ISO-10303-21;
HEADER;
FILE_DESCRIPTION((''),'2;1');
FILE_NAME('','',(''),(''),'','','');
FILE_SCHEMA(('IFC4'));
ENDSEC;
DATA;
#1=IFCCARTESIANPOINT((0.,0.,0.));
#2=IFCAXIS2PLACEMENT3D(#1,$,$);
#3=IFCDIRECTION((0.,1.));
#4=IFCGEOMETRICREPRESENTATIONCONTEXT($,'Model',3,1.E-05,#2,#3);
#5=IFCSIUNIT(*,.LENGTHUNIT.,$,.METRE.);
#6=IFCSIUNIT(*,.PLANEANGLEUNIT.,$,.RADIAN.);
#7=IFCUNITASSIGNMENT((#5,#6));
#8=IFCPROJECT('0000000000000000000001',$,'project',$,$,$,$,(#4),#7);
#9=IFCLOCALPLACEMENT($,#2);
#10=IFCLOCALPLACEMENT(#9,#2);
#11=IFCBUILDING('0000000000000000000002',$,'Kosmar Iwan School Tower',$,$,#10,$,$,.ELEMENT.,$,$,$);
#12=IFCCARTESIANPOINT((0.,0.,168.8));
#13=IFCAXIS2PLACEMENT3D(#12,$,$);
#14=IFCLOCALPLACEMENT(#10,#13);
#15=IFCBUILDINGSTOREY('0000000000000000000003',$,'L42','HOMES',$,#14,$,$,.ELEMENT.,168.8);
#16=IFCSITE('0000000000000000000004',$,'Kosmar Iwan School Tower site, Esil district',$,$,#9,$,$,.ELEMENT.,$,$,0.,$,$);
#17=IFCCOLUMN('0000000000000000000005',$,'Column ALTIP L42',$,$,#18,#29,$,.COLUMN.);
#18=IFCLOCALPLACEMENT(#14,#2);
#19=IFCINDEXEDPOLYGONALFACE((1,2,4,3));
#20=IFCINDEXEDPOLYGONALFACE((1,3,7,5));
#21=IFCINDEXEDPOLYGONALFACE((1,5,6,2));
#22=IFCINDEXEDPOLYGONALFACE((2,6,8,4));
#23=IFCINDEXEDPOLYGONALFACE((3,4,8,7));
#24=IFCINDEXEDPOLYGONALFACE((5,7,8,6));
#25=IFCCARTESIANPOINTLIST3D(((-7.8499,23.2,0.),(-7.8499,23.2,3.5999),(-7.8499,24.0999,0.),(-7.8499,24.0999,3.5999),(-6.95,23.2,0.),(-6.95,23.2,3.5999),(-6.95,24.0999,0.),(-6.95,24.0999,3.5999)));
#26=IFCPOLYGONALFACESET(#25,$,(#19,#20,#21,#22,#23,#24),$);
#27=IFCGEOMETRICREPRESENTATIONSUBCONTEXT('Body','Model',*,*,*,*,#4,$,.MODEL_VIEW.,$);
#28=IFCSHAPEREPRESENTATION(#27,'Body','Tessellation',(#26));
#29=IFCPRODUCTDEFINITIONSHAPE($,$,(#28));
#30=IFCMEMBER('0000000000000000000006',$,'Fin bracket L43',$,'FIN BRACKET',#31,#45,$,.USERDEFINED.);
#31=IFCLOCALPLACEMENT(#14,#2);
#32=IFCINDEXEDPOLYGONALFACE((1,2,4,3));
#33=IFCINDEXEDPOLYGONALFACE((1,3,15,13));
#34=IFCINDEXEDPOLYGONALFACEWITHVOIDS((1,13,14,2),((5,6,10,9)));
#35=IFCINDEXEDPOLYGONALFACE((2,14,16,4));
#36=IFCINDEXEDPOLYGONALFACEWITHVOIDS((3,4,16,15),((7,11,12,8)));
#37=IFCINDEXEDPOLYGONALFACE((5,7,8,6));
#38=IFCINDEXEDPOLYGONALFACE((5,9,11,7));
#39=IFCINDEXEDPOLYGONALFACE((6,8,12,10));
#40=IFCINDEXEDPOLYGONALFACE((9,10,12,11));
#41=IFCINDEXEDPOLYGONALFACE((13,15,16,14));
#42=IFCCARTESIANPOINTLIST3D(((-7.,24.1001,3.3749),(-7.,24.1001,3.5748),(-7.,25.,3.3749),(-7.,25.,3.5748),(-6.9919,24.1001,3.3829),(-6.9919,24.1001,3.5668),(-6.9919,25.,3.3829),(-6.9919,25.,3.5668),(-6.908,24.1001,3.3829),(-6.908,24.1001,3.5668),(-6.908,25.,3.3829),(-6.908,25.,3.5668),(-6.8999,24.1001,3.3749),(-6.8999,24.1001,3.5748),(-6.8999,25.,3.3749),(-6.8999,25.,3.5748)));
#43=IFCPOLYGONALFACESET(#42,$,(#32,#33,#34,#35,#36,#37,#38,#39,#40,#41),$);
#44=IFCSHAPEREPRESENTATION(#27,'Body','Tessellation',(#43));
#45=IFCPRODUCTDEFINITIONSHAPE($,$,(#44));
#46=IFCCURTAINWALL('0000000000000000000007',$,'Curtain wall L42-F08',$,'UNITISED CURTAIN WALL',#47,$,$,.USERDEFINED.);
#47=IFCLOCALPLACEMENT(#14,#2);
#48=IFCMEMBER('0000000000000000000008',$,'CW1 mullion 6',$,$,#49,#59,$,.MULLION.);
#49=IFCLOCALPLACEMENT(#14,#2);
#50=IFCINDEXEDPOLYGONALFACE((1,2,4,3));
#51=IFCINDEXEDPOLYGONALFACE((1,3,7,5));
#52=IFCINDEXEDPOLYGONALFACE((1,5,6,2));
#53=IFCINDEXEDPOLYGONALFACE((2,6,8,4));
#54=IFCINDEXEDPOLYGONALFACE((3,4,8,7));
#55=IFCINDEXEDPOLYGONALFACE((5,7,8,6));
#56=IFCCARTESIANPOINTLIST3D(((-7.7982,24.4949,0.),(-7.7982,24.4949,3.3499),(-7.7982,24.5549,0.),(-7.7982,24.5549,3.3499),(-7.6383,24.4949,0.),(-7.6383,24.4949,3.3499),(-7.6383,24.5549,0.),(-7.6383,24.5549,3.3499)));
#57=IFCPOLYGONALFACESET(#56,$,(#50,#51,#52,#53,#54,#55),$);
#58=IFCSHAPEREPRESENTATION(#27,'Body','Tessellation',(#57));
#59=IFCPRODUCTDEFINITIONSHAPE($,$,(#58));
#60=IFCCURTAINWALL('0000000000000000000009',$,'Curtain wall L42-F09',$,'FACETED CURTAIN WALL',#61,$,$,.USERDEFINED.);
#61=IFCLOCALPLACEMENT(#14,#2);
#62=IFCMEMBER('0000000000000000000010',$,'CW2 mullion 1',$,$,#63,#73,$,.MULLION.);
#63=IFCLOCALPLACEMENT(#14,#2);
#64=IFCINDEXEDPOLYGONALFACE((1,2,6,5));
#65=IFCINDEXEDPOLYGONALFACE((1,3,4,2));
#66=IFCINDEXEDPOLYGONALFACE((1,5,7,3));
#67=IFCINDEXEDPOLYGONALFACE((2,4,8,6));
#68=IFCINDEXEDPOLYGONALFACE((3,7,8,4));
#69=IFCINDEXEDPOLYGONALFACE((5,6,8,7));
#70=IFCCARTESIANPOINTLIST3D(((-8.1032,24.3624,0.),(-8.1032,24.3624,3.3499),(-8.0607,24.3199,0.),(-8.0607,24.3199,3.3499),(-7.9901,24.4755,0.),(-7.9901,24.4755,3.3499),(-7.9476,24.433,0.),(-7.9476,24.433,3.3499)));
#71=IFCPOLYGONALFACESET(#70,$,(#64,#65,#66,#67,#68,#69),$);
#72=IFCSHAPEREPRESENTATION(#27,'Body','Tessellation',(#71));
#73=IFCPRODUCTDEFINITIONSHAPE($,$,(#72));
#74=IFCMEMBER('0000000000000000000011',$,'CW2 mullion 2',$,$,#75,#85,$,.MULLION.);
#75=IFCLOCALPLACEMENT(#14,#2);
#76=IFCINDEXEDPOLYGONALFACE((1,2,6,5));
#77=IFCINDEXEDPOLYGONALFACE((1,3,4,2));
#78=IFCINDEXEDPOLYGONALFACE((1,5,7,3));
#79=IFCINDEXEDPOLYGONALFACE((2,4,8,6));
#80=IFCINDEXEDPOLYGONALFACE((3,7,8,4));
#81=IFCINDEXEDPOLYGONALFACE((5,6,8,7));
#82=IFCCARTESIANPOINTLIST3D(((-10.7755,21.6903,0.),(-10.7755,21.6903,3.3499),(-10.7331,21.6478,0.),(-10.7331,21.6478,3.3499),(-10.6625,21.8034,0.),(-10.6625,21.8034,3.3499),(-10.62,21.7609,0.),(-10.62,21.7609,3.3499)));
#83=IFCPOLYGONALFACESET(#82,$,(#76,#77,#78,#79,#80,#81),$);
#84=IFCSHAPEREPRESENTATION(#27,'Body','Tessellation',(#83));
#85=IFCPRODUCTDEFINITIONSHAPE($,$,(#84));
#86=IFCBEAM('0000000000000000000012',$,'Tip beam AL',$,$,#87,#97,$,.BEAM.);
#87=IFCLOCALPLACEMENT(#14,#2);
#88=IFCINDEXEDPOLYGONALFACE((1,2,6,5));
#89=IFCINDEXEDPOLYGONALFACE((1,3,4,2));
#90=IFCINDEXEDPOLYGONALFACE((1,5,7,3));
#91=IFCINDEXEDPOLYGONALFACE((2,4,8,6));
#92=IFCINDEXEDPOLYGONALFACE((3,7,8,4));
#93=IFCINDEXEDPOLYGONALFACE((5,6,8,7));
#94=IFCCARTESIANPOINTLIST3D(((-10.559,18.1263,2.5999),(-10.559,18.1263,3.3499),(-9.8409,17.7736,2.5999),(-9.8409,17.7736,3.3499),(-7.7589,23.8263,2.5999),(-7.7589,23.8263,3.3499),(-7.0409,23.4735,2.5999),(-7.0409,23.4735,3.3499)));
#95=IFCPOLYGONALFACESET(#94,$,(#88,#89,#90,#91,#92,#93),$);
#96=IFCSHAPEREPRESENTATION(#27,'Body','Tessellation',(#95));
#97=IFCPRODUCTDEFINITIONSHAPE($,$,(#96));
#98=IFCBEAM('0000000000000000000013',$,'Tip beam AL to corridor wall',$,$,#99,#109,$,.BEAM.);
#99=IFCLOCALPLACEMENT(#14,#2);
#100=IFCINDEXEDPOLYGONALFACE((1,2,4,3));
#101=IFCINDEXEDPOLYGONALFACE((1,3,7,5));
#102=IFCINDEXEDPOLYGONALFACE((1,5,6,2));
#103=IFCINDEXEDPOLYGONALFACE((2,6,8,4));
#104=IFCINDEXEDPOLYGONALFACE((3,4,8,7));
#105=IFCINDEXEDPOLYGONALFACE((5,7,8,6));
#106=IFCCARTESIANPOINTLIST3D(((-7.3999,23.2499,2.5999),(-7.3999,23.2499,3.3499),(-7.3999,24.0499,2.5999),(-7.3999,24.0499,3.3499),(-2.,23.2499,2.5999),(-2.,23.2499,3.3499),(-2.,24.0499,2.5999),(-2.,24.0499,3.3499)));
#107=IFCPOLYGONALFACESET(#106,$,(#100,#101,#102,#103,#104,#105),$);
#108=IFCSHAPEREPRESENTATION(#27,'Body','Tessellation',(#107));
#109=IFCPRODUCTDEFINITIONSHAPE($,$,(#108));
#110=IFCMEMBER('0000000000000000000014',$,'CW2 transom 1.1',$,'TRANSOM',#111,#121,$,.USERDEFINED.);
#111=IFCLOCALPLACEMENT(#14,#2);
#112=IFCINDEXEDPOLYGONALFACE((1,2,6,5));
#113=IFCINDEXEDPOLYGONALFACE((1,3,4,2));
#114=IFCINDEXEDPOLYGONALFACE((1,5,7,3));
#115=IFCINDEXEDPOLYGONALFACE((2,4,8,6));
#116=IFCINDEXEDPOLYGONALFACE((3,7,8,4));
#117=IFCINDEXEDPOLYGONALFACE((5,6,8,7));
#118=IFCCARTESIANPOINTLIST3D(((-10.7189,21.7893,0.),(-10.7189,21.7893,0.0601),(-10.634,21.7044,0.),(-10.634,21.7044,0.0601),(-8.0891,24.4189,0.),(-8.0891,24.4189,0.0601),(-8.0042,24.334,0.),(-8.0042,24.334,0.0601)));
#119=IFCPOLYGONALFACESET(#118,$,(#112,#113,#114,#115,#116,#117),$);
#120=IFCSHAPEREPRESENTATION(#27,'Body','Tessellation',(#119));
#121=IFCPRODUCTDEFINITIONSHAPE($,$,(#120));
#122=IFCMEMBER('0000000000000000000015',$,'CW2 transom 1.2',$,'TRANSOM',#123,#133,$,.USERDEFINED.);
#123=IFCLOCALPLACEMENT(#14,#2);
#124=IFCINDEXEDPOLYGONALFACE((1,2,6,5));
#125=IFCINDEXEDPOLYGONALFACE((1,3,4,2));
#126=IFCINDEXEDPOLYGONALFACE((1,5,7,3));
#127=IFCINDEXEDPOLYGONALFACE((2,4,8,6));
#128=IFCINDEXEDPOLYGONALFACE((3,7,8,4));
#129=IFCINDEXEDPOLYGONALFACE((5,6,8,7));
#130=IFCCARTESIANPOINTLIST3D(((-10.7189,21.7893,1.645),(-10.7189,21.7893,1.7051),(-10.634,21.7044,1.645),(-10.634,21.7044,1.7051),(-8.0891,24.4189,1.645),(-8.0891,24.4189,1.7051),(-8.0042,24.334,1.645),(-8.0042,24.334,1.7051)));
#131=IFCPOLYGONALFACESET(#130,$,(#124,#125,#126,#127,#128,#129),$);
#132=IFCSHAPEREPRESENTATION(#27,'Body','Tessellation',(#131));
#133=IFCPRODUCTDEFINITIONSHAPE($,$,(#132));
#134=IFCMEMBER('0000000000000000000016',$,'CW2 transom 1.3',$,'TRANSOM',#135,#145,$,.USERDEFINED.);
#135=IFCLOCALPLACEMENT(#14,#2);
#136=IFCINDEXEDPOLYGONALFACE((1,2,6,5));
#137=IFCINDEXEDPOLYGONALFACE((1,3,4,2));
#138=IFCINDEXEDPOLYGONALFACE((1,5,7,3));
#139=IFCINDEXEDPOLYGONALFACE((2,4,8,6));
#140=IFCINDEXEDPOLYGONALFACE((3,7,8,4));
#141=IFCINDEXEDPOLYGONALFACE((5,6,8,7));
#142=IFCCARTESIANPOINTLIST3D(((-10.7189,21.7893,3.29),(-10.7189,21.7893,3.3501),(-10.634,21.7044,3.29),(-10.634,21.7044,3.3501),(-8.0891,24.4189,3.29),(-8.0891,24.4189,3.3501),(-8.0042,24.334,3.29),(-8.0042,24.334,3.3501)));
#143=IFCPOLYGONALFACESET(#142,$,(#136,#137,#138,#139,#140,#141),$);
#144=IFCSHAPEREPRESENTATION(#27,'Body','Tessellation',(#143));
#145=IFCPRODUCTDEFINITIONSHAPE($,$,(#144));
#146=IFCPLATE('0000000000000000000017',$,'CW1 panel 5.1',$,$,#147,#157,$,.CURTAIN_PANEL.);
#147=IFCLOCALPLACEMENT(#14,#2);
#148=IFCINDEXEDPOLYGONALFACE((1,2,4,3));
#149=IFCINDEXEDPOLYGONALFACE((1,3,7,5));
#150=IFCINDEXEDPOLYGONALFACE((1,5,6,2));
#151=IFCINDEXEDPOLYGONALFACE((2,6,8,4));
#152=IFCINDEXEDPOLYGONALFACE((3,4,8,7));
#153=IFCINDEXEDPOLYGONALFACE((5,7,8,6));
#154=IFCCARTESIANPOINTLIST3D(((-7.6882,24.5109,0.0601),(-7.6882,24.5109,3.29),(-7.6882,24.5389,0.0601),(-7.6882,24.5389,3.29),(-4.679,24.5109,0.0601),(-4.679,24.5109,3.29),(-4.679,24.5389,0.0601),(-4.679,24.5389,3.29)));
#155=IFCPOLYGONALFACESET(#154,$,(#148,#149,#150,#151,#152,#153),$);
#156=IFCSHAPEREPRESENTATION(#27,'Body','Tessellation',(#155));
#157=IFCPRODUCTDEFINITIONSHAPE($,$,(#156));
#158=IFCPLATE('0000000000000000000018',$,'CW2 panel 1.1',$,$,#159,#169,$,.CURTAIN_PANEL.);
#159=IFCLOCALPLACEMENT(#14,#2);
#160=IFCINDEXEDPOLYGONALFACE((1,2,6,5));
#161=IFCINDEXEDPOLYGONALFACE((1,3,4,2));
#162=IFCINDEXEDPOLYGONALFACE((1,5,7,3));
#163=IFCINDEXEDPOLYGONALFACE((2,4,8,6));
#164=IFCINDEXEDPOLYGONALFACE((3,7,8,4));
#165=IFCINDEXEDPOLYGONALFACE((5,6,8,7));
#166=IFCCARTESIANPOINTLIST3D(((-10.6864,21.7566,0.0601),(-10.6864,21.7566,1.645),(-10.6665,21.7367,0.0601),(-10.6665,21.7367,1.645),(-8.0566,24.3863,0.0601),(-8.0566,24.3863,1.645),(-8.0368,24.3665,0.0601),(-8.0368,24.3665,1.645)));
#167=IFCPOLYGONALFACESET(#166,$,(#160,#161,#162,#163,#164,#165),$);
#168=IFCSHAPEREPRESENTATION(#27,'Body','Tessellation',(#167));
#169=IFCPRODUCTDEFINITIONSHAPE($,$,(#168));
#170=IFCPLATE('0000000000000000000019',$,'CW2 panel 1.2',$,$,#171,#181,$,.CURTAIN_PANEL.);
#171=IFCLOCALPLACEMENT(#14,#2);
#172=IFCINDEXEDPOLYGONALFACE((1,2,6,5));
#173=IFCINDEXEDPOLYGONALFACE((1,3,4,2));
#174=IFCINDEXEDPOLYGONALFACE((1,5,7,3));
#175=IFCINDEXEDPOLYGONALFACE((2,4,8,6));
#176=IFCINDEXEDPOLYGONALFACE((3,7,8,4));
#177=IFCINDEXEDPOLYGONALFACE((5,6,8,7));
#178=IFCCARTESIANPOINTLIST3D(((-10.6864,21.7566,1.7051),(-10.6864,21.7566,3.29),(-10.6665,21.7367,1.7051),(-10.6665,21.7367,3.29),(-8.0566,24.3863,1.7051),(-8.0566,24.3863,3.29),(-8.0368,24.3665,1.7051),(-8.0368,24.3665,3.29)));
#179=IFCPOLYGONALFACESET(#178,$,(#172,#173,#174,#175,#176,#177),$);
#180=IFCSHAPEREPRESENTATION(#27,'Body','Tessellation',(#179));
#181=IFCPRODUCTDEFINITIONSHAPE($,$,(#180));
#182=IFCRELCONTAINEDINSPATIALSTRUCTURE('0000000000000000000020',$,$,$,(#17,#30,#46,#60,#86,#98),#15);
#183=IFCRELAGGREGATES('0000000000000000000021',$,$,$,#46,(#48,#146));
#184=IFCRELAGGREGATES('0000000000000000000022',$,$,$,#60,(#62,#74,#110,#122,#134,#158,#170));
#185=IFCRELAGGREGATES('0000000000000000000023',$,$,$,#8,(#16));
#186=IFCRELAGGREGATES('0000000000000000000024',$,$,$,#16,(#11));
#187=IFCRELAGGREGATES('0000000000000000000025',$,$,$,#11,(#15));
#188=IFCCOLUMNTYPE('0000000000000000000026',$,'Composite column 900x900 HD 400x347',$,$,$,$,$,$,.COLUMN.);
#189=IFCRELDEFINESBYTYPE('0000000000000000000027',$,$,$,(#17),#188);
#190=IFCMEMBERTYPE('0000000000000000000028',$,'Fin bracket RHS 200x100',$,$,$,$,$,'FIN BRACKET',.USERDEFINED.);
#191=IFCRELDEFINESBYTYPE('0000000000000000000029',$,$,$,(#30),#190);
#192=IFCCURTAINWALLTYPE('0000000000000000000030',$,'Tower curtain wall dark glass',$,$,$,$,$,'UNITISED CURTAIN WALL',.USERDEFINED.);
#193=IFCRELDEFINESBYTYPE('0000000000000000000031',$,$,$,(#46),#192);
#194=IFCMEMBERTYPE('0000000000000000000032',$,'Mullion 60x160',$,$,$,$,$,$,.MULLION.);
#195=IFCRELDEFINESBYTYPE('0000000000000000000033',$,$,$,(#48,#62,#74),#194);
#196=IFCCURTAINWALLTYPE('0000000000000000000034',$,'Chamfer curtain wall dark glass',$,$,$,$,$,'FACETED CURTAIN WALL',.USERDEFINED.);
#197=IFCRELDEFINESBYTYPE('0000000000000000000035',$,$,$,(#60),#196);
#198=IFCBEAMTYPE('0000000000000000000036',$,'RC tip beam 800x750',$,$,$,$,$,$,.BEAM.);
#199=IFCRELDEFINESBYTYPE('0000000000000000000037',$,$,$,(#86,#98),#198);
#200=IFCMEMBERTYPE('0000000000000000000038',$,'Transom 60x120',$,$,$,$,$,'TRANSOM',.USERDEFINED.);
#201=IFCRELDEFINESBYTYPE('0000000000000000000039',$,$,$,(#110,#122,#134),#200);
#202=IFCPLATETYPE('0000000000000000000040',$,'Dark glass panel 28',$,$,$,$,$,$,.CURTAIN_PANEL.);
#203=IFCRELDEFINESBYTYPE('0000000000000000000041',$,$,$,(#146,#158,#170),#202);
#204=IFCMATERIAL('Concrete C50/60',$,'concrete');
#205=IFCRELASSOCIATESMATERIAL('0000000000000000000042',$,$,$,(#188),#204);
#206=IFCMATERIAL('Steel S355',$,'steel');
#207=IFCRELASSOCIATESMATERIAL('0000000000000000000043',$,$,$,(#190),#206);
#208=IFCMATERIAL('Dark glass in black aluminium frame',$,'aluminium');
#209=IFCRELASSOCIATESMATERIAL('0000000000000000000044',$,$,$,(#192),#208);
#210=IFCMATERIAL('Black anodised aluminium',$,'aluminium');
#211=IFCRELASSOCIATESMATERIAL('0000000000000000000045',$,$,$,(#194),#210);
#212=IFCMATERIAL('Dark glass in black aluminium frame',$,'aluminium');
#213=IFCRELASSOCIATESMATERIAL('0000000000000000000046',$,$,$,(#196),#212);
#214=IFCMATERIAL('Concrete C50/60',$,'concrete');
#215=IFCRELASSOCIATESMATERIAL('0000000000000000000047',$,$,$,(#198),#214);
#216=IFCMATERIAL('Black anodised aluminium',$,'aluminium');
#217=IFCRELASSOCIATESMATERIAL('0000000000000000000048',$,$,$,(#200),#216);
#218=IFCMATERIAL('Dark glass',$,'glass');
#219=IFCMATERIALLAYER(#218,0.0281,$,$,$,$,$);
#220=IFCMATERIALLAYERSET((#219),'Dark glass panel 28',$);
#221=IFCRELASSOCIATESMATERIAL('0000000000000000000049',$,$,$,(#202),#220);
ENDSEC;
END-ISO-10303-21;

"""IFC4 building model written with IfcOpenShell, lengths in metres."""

from ifc_helpers import new_model, si_unit, direction, frame, origin, origin_2d, place, context, subcontext, project, spatial, rectangle, hollow_rectangle, extrude, material, layer, layer_set, material_profile, profile_set, type_object, element, aggregate, save


model = new_model("IFC4")

# Units and contexts
model_context = context("Model", 3, precision=1e-05, world=origin(), true_north=direction((0.0, 1.0)))
body_context = subcontext(model_context, "Body", "Model", "MODEL_VIEW")
ifc_project = project(units=[si_unit("LENGTHUNIT", "METRE"), si_unit("PLANEANGLEUNIT", "RADIAN")], contexts=[model_context])

# Site, building, storey
site_placement = place(None, origin())
site = spatial("IfcSite", under=ifc_project, at=site_placement, Name="Kosmar Iwan School Tower site, Esil district", CompositionType="ELEMENT", RefElevation=0.0)
building_placement = place(site_placement, origin())
building = spatial("IfcBuilding", under=site, at=building_placement, Name="Kosmar Iwan School Tower", CompositionType="ELEMENT")
storey_placement = place(building_placement, frame((0.0, 0.0, 168.8)))
storey = spatial("IfcBuildingStorey", under=building, at=storey_placement, Name="L42", Description="HOMES", CompositionType="ELEMENT", Elevation=168.8)

# Column
ifc_material_1 = material(Name="Concrete C50/60", Category="concrete")
ifc_material_profile_1 = material_profile(ifc_material_1, rectangle(XDim=0.8999, YDim=0.8999, at=origin_2d()), Name="RC 900x900 + HD 400x347")
ifc_profile_set_1 = profile_set([ifc_material_profile_1], Name="Concrete C50/60")
column_type = type_object("IfcColumnType", Name="Composite column 900x900 HD 400x347", PredefinedType="COLUMN", material=ifc_profile_set_1)
column_placement = place(storey_placement, frame((-7.3999, 23.6499, 0.0), z_axis=(0.0, 0.0, 1.0), x_axis=(0.0, 1.0, 0.0)))
element("IfcColumn", 1, at=column_placement, inside=storey, type_object=column_type, Name="Column ALTIP L42", PredefinedType="COLUMN", context=body_context, shape_type="SweptSolid", body=[
    extrude(rectangle(XDim=0.8999, YDim=0.8999, at=origin_2d()), origin(), (0.0, 0.0, 1.0), 3.5999),
])

# Member
ifc_material_2 = material(Name="Steel S355", Category="steel")
ifc_material_profile_2 = material_profile(ifc_material_2, hollow_rectangle(XDim=0.1001, YDim=0.2, WallThickness=0.0081, at=origin_2d()), Name="RHS 200x100x8")
ifc_profile_set_2 = profile_set([ifc_material_profile_2], Name="Steel S355")
member_type_1 = type_object("IfcMemberType", Name="Fin bracket RHS 200x100", ElementType="FIN BRACKET", PredefinedType="USERDEFINED", material=ifc_profile_set_2)
member_1_placement = place(storey_placement, frame((-6.95, 24.1001, 3.4749), z_axis=(0.0, 1.0, 0.0), x_axis=(-1.0, 0.0, 0.0)))
element("IfcMember", 2, at=member_1_placement, inside=storey, type_object=member_type_1, Name="Fin bracket L43", ObjectType="FIN BRACKET", PredefinedType="USERDEFINED", context=body_context, shape_type="SweptSolid", body=[
    extrude(hollow_rectangle(XDim=0.1001, YDim=0.2, WallThickness=0.0081, at=origin_2d()), origin(), (0.0, 0.0, 1.0), 0.8999),
])

# Curtain wall, member
ifc_material_3 = material(Name="Dark glass in black aluminium frame", Category="aluminium")
curtain_wall_type_1 = type_object("IfcCurtainWallType", Name="Tower curtain wall dark glass", ElementType="UNITISED CURTAIN WALL", PredefinedType="USERDEFINED", material=ifc_material_3)
curtain_wall_1_placement = place(storey_placement, origin())
curtain_wall_1 = element("IfcCurtainWall", 3, at=curtain_wall_1_placement, inside=storey, type_object=curtain_wall_type_1, Name="Curtain wall L42-F08", ObjectType="UNITISED CURTAIN WALL", PredefinedType="USERDEFINED")
ifc_material_4 = material(Name="Black anodised aluminium", Category="aluminium")
ifc_material_profile_3 = material_profile(ifc_material_4, rectangle(XDim=0.0601, YDim=0.1599, at=origin_2d()), Name="MULLION 60x160")
ifc_profile_set_3 = profile_set([ifc_material_profile_3], Name="Black anodised aluminium")
member_type_2 = type_object("IfcMemberType", Name="Mullion 60x160", PredefinedType="MULLION", material=ifc_profile_set_3)
member_2_placement = place(storey_placement, frame((-7.7183, 24.5249, 0.0), z_axis=(0.0, 0.0, 1.0), x_axis=(0.0, -1.0, 0.0)))
member_2 = element("IfcMember", 4, at=member_2_placement, type_object=member_type_2, Name="CW1 mullion 6", PredefinedType="MULLION", context=body_context, shape_type="SweptSolid", body=[
    extrude(rectangle(XDim=0.0601, YDim=0.1599, at=origin_2d()), origin(), (0.0, 0.0, 1.0), 3.3499),
])

# Curtain wall, members
ifc_material_5 = material(Name="Dark glass in black aluminium frame", Category="aluminium")
curtain_wall_type_2 = type_object("IfcCurtainWallType", Name="Chamfer curtain wall dark glass", ElementType="FACETED CURTAIN WALL", PredefinedType="USERDEFINED", material=ifc_material_5)
curtain_wall_2_placement = place(storey_placement, origin())
curtain_wall_2 = element("IfcCurtainWall", 5, at=curtain_wall_2_placement, inside=storey, type_object=curtain_wall_type_2, Name="Curtain wall L42-F09", ObjectType="FACETED CURTAIN WALL", PredefinedType="USERDEFINED")
member_3_placement = place(storey_placement, frame((-8.0254, 24.3977, 0.0), z_axis=(0.0, 0.0, 1.0), x_axis=(0.707107, -0.707107, 0.0)))
member_3 = element("IfcMember", 6, at=member_3_placement, type_object=member_type_2, Name="CW2 mullion 1", PredefinedType="MULLION", context=body_context, shape_type="SweptSolid", body=[
    extrude(rectangle(XDim=0.0601, YDim=0.1599, at=origin_2d()), origin(), (0.0, 0.0, 1.0), 3.3499),
])
member_4_placement = place(storey_placement, frame((-10.6978, 21.7256, 0.0), z_axis=(0.0, 0.0, 1.0), x_axis=(0.707107, -0.707107, 0.0)))
member_4 = element("IfcMember", 7, at=member_4_placement, type_object=member_type_2, Name="CW2 mullion 2", PredefinedType="MULLION", context=body_context, shape_type="SweptSolid", body=[
    extrude(rectangle(XDim=0.0601, YDim=0.1599, at=origin_2d()), origin(), (0.0, 0.0, 1.0), 3.3499),
])

# Beams
ifc_material_6 = material(Name="Concrete C50/60", Category="concrete")
ifc_material_profile_4 = material_profile(ifc_material_6, rectangle(XDim=0.8, YDim=0.75, at=origin_2d()), Name="RC 800x750")
ifc_profile_set_4 = profile_set([ifc_material_profile_4], Name="Concrete C50/60")
beam_type = type_object("IfcBeamType", Name="RC tip beam 800x750", PredefinedType="BEAM", material=ifc_profile_set_4)
beam_1_placement = place(storey_placement, frame((-10.2, 17.95, 2.9749), z_axis=(0.440913, 0.89755, 0.0), x_axis=(-0.89755, 0.440913, 0.0)))
element("IfcBeam", 8, at=beam_1_placement, inside=storey, type_object=beam_type, Name="Tip beam AL", PredefinedType="BEAM", context=body_context, shape_type="SweptSolid", body=[
    extrude(rectangle(XDim=0.8, YDim=0.75, at=origin_2d()), origin(), (0.0, 0.0, 1.0), 6.3506),
])
beam_2_placement = place(storey_placement, frame((-7.3999, 23.6499, 2.9749), z_axis=(1.0, 0.0, 0.0), x_axis=(0.0, 1.0, 0.0)))
element("IfcBeam", 9, at=beam_2_placement, inside=storey, type_object=beam_type, Name="Tip beam AL to corridor wall", PredefinedType="BEAM", context=body_context, shape_type="SweptSolid", body=[
    extrude(rectangle(XDim=0.8, YDim=0.75, at=origin_2d()), origin(), (0.0, 0.0, 1.0), 5.3999),
])

# Members
ifc_material_7 = material(Name="Black anodised aluminium", Category="aluminium")
ifc_material_profile_5 = material_profile(ifc_material_7, rectangle(XDim=0.1201, YDim=0.0601, at=origin_2d()), Name="TRANSOM 60x120")
ifc_profile_set_5 = profile_set([ifc_material_profile_5], Name="Black anodised aluminium")
member_type_3 = type_object("IfcMemberType", Name="Transom 60x120", ElementType="TRANSOM", PredefinedType="USERDEFINED", material=ifc_profile_set_5)
member_5_placement = place(storey_placement, frame((-8.0466, 24.3765, 0.03), z_axis=(-0.70714, -0.707074, 0.0), x_axis=(0.707074, -0.70714, 0.0)))
member_5 = element("IfcMember", 10, at=member_5_placement, type_object=member_type_3, Name="CW2 transom 1.1", ObjectType="TRANSOM", PredefinedType="USERDEFINED", context=body_context, shape_type="SweptSolid", body=[
    extrude(rectangle(XDim=0.1201, YDim=0.0601, at=origin_2d()), origin(), (0.0, 0.0, 1.0), 3.719),
])
member_6_placement = place(storey_placement, frame((-8.0466, 24.3765, 1.675), z_axis=(-0.70714, -0.707074, 0.0), x_axis=(0.707074, -0.70714, 0.0)))
member_6 = element("IfcMember", 11, at=member_6_placement, type_object=member_type_3, Name="CW2 transom 1.2", ObjectType="TRANSOM", PredefinedType="USERDEFINED", context=body_context, shape_type="SweptSolid", body=[
    extrude(rectangle(XDim=0.1201, YDim=0.0601, at=origin_2d()), origin(), (0.0, 0.0, 1.0), 3.719),
])
member_7_placement = place(storey_placement, frame((-8.0466, 24.3765, 3.3201), z_axis=(-0.70714, -0.707074, 0.0), x_axis=(0.707074, -0.70714, 0.0)))
member_7 = element("IfcMember", 12, at=member_7_placement, type_object=member_type_3, Name="CW2 transom 1.3", ObjectType="TRANSOM", PredefinedType="USERDEFINED", context=body_context, shape_type="SweptSolid", body=[
    extrude(rectangle(XDim=0.1201, YDim=0.0601, at=origin_2d()), origin(), (0.0, 0.0, 1.0), 3.719),
])

# Plates
ifc_material_8 = material(Name="Dark glass", Category="glass")
ifc_layer = layer(ifc_material_8, 0.0281)
ifc_layer_set = layer_set([ifc_layer], Name="Dark glass panel 28")
plate_type = type_object("IfcPlateType", Name="Dark glass panel 28", PredefinedType="CURTAIN_PANEL", material=ifc_layer_set)
plate_1_placement = place(storey_placement, frame((-6.1836, 24.5249, 0.0601), z_axis=(0.0, 0.0, 1.0), x_axis=(-1.0, 0.0, 0.0)))
plate_1 = element("IfcPlate", 13, at=plate_1_placement, type_object=plate_type, Name="CW1 panel 5.1", PredefinedType="CURTAIN_PANEL", context=body_context, shape_type="SweptSolid", body=[
    extrude(rectangle(XDim=3.0093, YDim=0.0281, at=origin_2d()), origin(), (0.0, 0.0, 1.0), 3.23),
])
aggregate(curtain_wall_1, [member_2, plate_1])
plate_2_placement = place(storey_placement, frame((-9.3616, 23.0615, 0.0601), z_axis=(0.0, 0.0, 1.0), x_axis=(-0.707107, -0.707107, 0.0)))
plate_2 = element("IfcPlate", 14, at=plate_2_placement, type_object=plate_type, Name="CW2 panel 1.1", PredefinedType="CURTAIN_PANEL", context=body_context, shape_type="SweptSolid", body=[
    extrude(rectangle(XDim=3.719, YDim=0.0281, at=origin_2d()), origin(), (0.0, 0.0, 1.0), 1.585),
])
plate_3_placement = place(storey_placement, frame((-9.3616, 23.0615, 1.7051), z_axis=(0.0, 0.0, 1.0), x_axis=(-0.707107, -0.707107, 0.0)))
plate_3 = element("IfcPlate", 15, at=plate_3_placement, type_object=plate_type, Name="CW2 panel 1.2", PredefinedType="CURTAIN_PANEL", context=body_context, shape_type="SweptSolid", body=[
    extrude(rectangle(XDim=3.719, YDim=0.0281, at=origin_2d()), origin(), (0.0, 0.0, 1.0), 1.585),
])
aggregate(curtain_wall_2, [member_3, member_4, member_5, member_6, member_7, plate_2, plate_3])

save(model, "model.ifc")
